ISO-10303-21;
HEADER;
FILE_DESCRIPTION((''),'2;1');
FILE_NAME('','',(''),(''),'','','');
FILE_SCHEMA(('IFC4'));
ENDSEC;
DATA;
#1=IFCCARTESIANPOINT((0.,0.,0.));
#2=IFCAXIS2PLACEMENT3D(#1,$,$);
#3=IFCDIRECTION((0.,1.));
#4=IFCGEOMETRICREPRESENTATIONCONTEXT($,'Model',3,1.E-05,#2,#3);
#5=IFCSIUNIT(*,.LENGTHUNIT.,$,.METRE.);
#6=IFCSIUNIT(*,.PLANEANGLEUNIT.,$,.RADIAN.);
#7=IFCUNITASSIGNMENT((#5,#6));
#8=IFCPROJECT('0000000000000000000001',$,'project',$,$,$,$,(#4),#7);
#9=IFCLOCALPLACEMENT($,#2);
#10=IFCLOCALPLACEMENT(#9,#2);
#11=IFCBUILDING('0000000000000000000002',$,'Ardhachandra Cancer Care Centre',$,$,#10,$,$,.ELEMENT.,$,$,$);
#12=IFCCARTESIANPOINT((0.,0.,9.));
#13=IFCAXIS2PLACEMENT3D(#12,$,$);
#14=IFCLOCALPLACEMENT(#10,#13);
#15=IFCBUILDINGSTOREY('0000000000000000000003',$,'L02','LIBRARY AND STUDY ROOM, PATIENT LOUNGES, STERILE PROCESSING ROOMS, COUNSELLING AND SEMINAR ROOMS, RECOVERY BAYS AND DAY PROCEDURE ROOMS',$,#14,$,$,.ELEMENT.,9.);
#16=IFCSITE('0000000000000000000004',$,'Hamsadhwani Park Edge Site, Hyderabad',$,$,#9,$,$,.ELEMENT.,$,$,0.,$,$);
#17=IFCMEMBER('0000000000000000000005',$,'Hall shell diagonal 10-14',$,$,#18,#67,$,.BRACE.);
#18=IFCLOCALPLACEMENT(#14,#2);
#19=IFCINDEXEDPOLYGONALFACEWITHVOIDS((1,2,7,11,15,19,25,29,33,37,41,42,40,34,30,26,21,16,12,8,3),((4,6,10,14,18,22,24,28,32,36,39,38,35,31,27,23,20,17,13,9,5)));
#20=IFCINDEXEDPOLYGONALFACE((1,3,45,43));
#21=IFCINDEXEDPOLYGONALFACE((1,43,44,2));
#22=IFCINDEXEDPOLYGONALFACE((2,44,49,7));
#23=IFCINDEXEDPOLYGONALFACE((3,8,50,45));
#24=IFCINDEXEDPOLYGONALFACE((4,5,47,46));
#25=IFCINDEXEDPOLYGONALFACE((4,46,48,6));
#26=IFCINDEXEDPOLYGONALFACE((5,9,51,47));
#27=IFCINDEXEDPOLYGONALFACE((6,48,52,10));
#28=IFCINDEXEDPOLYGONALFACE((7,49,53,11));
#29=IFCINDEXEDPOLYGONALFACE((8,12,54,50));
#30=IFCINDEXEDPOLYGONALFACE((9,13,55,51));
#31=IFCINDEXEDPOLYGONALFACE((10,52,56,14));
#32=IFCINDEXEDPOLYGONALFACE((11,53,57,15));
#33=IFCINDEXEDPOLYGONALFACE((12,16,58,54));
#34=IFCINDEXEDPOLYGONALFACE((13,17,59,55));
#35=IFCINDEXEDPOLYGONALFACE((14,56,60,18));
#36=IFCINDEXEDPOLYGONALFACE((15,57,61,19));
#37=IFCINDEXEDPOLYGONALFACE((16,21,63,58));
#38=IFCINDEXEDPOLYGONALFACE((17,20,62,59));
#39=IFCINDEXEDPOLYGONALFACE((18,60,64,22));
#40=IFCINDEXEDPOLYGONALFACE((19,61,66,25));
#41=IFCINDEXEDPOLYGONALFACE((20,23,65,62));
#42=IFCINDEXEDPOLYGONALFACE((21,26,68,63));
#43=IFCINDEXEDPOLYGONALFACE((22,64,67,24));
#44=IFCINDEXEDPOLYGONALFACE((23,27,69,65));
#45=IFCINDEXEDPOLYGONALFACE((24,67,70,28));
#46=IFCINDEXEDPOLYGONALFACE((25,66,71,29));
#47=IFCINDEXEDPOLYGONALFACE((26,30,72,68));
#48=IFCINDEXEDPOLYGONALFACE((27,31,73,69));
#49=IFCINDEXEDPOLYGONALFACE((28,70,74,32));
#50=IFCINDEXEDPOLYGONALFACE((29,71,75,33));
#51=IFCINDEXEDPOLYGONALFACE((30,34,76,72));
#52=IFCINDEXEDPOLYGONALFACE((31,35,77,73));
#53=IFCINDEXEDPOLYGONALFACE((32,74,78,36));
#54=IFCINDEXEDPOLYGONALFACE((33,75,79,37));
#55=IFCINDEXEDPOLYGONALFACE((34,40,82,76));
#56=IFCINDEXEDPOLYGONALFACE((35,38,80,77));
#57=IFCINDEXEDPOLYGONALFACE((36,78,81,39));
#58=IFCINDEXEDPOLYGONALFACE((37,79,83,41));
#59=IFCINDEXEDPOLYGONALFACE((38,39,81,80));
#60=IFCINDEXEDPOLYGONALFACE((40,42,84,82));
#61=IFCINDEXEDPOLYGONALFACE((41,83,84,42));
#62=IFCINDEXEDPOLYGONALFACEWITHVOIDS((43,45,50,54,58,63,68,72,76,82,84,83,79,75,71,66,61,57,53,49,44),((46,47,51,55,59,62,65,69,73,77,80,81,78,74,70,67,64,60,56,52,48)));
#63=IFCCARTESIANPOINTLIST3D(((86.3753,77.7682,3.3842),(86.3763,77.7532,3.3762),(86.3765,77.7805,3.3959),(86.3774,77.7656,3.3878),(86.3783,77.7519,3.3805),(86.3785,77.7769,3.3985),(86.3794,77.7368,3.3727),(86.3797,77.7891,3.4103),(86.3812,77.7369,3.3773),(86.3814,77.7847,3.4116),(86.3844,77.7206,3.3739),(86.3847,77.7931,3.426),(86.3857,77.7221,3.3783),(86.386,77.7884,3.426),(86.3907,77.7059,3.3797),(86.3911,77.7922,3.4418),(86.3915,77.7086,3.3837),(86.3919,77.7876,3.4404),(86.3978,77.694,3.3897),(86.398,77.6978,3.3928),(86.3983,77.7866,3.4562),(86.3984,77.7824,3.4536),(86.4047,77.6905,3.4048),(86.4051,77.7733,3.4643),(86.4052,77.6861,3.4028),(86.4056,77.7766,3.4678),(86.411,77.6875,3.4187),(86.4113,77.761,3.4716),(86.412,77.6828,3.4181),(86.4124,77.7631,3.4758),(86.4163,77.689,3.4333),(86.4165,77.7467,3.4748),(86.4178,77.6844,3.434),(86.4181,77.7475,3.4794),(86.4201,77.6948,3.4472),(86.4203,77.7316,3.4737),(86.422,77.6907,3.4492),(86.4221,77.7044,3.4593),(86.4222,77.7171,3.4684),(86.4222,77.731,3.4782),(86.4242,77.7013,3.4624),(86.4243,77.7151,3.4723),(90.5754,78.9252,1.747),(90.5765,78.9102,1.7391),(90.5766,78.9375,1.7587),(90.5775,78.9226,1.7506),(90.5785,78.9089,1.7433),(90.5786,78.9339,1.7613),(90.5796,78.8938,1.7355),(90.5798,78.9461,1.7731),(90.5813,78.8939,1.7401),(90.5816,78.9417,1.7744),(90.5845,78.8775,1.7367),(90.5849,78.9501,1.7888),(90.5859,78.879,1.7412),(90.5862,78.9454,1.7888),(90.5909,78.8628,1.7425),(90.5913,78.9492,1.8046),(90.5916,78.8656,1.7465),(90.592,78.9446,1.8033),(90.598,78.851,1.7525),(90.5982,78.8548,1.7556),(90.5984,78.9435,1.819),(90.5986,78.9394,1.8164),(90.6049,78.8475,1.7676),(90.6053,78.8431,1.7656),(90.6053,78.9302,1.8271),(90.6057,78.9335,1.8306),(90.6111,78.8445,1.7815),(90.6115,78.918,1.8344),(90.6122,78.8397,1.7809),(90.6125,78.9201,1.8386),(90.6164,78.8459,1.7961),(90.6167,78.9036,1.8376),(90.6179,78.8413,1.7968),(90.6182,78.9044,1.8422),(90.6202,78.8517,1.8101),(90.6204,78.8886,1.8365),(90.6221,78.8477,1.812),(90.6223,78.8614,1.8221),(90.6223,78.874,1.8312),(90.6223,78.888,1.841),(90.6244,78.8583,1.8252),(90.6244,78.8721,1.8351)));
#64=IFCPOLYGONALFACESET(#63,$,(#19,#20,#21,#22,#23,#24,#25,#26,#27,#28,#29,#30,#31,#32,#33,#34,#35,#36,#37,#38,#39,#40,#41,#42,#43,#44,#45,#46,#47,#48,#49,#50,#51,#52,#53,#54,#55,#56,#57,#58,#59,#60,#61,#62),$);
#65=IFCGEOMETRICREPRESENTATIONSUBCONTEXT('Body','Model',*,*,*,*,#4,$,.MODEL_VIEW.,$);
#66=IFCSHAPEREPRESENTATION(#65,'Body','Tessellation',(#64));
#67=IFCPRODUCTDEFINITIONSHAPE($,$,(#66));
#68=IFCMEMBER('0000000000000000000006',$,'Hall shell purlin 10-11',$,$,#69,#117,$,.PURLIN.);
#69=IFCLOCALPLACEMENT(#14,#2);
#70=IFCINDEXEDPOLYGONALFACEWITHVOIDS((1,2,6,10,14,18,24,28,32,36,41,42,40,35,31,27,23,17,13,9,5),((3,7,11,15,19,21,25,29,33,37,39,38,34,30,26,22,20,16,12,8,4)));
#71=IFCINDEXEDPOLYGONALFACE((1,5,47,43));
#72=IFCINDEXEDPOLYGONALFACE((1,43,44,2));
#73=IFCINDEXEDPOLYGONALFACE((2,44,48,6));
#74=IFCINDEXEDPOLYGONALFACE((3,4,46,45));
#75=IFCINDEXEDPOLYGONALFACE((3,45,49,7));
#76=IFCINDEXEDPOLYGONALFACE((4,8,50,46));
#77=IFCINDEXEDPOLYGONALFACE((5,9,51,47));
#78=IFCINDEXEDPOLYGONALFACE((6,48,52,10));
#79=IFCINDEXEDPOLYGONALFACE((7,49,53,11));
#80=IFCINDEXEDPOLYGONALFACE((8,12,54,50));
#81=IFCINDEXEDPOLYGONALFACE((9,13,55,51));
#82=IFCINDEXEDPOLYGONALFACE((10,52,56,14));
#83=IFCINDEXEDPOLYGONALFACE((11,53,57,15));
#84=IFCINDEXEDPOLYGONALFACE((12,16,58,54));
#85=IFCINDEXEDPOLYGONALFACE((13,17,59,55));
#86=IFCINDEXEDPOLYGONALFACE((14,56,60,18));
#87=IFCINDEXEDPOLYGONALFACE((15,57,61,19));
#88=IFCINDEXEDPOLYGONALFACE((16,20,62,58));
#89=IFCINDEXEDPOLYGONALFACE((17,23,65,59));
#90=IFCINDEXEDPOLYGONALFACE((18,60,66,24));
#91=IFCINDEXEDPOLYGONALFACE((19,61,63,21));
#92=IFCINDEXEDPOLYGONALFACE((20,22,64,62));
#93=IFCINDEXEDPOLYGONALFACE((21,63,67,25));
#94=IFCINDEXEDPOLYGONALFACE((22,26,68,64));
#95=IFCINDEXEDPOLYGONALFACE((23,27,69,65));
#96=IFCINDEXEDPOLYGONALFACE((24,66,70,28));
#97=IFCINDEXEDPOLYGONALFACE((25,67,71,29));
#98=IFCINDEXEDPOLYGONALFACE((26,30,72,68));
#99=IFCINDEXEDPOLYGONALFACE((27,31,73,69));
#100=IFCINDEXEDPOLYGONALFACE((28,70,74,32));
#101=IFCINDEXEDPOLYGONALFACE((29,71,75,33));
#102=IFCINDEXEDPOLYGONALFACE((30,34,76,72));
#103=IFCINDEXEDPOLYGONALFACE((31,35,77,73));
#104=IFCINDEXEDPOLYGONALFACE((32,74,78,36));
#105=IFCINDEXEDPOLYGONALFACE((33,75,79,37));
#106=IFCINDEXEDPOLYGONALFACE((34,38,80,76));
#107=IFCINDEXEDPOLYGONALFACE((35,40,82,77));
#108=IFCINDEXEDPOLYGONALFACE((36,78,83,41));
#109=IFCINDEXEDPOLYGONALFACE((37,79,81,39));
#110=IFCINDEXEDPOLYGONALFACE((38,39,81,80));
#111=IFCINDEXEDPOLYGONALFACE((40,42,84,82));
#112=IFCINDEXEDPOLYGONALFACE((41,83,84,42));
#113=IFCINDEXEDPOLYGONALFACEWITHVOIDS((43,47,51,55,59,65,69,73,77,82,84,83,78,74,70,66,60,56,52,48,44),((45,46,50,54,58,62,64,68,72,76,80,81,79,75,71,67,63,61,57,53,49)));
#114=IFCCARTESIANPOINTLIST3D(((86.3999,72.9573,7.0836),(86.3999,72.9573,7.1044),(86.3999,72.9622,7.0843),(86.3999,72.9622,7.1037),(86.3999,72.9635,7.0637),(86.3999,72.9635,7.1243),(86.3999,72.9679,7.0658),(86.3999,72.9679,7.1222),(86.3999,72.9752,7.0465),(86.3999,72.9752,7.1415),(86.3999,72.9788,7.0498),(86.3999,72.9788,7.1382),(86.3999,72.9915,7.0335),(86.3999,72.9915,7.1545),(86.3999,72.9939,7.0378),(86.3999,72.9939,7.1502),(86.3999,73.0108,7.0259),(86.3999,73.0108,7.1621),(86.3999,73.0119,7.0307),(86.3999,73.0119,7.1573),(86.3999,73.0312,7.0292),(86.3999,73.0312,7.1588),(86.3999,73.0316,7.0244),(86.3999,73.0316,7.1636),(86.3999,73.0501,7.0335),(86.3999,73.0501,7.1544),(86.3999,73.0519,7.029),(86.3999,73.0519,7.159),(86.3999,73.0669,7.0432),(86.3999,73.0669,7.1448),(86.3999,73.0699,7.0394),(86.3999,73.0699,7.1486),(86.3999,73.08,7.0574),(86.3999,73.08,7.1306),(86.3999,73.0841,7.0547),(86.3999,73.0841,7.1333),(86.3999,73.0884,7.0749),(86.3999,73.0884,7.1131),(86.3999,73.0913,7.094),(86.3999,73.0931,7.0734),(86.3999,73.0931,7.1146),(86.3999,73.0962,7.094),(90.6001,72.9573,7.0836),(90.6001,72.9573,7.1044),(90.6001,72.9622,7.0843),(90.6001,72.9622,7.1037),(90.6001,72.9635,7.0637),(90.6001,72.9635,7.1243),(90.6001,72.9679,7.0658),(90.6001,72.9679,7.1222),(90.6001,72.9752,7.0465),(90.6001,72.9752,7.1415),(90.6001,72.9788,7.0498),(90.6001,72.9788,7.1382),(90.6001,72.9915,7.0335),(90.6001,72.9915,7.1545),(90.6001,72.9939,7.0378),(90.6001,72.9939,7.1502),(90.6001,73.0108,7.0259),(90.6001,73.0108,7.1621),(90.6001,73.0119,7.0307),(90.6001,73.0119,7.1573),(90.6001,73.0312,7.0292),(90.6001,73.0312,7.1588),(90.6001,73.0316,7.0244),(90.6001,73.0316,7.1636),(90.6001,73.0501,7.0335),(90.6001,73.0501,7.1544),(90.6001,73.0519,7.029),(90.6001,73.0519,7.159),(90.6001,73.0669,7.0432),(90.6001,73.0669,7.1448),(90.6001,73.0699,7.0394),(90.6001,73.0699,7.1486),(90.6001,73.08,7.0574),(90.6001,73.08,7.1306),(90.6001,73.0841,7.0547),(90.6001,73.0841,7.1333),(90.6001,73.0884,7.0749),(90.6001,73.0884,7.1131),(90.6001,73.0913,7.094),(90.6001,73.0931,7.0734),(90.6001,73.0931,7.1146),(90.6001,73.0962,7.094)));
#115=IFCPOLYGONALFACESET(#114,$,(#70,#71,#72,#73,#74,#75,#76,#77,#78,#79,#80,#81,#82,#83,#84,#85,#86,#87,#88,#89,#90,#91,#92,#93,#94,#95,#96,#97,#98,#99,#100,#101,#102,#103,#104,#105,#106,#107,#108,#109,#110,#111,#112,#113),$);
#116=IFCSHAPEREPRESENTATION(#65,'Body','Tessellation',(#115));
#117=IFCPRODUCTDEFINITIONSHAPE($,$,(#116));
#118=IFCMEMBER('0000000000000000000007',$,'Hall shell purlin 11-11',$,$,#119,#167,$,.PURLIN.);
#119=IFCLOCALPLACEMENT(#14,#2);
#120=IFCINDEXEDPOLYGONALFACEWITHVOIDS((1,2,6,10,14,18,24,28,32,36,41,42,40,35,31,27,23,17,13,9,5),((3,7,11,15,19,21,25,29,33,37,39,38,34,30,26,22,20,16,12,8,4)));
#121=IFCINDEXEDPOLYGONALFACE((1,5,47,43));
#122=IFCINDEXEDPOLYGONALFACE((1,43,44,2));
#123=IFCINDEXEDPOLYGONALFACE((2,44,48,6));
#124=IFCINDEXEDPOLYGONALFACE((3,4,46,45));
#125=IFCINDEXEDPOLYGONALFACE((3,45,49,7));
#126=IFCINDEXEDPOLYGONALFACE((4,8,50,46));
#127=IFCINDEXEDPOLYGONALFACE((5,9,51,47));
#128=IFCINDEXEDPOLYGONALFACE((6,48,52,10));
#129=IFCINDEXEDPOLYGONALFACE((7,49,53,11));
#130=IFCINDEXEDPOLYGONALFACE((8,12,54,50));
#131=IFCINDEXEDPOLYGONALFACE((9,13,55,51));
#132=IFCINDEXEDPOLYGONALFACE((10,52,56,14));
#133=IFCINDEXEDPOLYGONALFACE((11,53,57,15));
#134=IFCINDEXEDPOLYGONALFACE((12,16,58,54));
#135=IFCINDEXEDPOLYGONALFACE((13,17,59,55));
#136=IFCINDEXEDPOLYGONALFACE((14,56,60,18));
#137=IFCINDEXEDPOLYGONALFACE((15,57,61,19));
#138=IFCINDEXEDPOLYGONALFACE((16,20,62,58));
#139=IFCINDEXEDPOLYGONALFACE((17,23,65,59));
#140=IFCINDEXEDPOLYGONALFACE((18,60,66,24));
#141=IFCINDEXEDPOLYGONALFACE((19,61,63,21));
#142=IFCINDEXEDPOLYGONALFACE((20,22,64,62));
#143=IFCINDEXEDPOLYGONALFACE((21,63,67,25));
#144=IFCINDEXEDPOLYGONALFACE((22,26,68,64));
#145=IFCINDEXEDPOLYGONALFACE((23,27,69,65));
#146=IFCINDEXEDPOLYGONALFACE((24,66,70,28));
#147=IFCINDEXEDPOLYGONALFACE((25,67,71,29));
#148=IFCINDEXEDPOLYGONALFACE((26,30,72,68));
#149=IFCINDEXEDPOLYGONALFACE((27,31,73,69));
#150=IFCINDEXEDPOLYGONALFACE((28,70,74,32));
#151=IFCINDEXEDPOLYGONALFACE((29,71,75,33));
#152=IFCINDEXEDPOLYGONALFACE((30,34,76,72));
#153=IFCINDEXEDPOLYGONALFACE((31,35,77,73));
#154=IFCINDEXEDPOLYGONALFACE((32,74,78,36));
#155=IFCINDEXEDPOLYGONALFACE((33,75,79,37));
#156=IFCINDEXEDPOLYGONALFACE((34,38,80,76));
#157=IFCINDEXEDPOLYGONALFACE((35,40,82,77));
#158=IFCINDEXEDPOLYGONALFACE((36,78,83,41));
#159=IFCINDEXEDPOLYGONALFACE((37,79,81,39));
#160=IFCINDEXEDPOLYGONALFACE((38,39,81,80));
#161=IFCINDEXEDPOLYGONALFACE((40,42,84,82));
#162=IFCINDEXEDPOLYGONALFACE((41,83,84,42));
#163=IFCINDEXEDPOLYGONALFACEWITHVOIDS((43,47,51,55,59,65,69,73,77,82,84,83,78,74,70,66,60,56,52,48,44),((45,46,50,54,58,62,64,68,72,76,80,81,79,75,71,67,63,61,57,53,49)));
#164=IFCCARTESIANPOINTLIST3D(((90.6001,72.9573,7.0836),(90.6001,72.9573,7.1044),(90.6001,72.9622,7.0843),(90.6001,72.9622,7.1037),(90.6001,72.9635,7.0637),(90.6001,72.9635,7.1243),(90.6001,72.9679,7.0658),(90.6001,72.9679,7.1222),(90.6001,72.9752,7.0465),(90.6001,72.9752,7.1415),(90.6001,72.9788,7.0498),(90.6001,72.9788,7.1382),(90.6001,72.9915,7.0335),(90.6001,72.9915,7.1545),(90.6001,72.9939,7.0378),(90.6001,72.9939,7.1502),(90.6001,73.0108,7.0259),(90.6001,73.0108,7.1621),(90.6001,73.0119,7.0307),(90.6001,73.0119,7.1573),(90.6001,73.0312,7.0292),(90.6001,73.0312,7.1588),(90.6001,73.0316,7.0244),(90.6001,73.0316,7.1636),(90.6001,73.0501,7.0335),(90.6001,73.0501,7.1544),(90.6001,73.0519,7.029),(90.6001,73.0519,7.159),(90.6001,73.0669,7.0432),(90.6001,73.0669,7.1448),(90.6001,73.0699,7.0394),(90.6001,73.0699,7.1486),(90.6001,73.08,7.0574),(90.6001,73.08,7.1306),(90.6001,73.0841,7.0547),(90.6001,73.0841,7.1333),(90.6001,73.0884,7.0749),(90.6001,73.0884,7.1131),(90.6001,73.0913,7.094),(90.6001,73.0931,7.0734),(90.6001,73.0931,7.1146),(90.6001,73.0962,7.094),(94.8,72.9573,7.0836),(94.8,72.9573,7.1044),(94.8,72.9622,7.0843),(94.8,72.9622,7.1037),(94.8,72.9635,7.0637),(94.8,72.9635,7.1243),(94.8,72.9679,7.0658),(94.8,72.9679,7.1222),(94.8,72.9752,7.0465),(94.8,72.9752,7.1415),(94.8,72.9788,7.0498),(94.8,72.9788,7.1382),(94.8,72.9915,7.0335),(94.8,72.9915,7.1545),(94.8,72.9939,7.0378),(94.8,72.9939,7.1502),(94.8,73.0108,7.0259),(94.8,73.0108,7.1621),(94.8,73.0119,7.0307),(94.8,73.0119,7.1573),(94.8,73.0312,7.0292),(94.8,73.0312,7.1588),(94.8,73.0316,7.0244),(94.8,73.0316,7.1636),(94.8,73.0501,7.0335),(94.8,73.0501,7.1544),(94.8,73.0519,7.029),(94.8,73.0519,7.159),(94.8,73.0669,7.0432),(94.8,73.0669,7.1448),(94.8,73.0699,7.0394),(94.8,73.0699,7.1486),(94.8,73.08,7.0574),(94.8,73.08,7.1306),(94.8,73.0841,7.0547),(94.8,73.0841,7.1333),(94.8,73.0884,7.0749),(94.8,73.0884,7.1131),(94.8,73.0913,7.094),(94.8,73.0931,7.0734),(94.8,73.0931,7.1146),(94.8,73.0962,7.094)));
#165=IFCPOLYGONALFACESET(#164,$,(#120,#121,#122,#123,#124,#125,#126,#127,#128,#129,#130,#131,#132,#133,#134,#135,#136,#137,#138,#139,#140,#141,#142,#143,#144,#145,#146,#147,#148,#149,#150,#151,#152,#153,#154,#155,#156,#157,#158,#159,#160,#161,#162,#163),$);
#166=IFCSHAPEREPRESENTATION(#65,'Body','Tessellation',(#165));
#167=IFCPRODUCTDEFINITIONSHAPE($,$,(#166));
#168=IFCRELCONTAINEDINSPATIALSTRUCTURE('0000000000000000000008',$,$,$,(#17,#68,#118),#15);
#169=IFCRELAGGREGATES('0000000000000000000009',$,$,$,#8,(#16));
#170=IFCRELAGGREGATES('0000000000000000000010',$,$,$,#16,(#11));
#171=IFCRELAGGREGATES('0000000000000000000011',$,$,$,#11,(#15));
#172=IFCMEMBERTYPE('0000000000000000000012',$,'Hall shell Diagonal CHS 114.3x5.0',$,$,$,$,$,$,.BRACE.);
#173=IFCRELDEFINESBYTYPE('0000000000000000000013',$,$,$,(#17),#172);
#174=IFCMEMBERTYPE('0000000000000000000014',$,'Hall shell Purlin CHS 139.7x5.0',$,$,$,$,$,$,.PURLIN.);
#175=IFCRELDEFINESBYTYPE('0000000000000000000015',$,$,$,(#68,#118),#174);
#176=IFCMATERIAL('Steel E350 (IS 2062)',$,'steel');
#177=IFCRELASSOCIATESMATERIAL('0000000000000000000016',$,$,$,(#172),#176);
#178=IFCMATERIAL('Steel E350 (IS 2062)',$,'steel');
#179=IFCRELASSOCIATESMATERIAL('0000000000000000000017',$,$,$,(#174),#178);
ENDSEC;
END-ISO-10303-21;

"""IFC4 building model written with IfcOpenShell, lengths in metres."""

from ifc_helpers import new_model, si_unit, direction, frame, origin, origin_2d, place, context, subcontext, project, spatial, hollow_circle, extrude, material, material_profile, profile_set, type_object, element, save


model = new_model("IFC4")

# Units and contexts
model_context = context("Model", 3, precision=1e-05, world=origin(), true_north=direction((0.0, 1.0)))
body_context = subcontext(model_context, "Body", "Model", "MODEL_VIEW")
ifc_project = project(units=[si_unit("LENGTHUNIT", "METRE"), si_unit("PLANEANGLEUNIT", "RADIAN")], contexts=[model_context])

# Site, building, storey
site_placement = place(None, origin())
site = spatial("IfcSite", under=ifc_project, at=site_placement, Name="Hamsadhwani Park Edge Site, Hyderabad", CompositionType="ELEMENT", RefElevation=0.0)
building_placement = place(site_placement, origin())
building = spatial("IfcBuilding", under=site, at=building_placement, Name="Ardhachandra Cancer Care Centre", CompositionType="ELEMENT")
storey_placement = place(building_placement, frame((0.0, 0.0, 9.0)))
storey = spatial("IfcBuildingStorey", under=building, at=storey_placement, Name="L02", Description="LIBRARY AND STUDY ROOM, PATIENT LOUNGES, STERILE PROCESSING ROOMS, COUNSELLING AND SEMINAR ROOMS, RECOVERY BAYS AND DAY PROCEDURE ROOMS", CompositionType="ELEMENT", Elevation=9.0)

# Members
ifc_material_1 = material(Name="Steel E350 (IS 2062)", Category="steel")
ifc_material_profile_1 = material_profile(ifc_material_1, hollow_circle(Radius=0.0571, WallThickness=0.0049, at=origin_2d()), Name="CHS 114.3x5.0")
ifc_profile_set_1 = profile_set([ifc_material_profile_1], Name="Steel E350 (IS 2062)")
member_type_1 = type_object("IfcMemberType", Name="Hall shell Diagonal CHS 114.3x5.0", PredefinedType="BRACE", material=ifc_profile_set_1)
for number, where, z_axis, x_axis, name in (
    (1, (86.3999, 77.738, 3.426), (0.902471, 0.248594, -0.351777), (-0.265568, 0.964092, 0.0), "Hall shell diagonal 10-14"),
):
    element("IfcMember", number, at=place(storey_placement, frame(where, z_axis=z_axis, x_axis=x_axis)), inside=storey, type_object=member_type_1, Name=name, PredefinedType="BRACE", context=body_context, shape_type="SweptSolid", body=[
        extrude(hollow_circle(Radius=0.0571, WallThickness=0.0049, at=origin_2d()), origin(), (0.0, 0.0, 1.0), 4.6541),
    ])
ifc_material_2 = material(Name="Steel E350 (IS 2062)", Category="steel")
ifc_material_profile_2 = material_profile(ifc_material_2, hollow_circle(Radius=0.0698, WallThickness=0.0049, at=origin_2d()), Name="CHS 139.7x5.0")
ifc_profile_set_2 = profile_set([ifc_material_profile_2], Name="Steel E350 (IS 2062)")
member_type_2 = type_object("IfcMemberType", Name="Hall shell Purlin CHS 139.7x5.0", PredefinedType="PURLIN", material=ifc_profile_set_2)
member_1_placement = place(storey_placement, frame((86.3999, 73.0264, 7.094), z_axis=(1.0, 0.0, 0.0), x_axis=(0.0, 1.0, 0.0)))
element("IfcMember", 2, at=member_1_placement, inside=storey, type_object=member_type_2, Name="Hall shell purlin 10-11", PredefinedType="PURLIN", context=body_context, shape_type="SweptSolid", body=[
    extrude(hollow_circle(Radius=0.0698, WallThickness=0.0049, at=origin_2d()), origin(), (0.0, 0.0, 1.0), 4.2002),
])
member_2_placement = place(storey_placement, frame((90.6001, 73.0264, 7.094), z_axis=(1.0, 0.0, 0.0), x_axis=(0.0, 1.0, 0.0)))
element("IfcMember", 3, at=member_2_placement, inside=storey, type_object=member_type_2, Name="Hall shell purlin 11-11", PredefinedType="PURLIN", context=body_context, shape_type="SweptSolid", body=[
    extrude(hollow_circle(Radius=0.0698, WallThickness=0.0049, at=origin_2d()), origin(), (0.0, 0.0, 1.0), 4.2),
])

save(model, "model.ifc")
